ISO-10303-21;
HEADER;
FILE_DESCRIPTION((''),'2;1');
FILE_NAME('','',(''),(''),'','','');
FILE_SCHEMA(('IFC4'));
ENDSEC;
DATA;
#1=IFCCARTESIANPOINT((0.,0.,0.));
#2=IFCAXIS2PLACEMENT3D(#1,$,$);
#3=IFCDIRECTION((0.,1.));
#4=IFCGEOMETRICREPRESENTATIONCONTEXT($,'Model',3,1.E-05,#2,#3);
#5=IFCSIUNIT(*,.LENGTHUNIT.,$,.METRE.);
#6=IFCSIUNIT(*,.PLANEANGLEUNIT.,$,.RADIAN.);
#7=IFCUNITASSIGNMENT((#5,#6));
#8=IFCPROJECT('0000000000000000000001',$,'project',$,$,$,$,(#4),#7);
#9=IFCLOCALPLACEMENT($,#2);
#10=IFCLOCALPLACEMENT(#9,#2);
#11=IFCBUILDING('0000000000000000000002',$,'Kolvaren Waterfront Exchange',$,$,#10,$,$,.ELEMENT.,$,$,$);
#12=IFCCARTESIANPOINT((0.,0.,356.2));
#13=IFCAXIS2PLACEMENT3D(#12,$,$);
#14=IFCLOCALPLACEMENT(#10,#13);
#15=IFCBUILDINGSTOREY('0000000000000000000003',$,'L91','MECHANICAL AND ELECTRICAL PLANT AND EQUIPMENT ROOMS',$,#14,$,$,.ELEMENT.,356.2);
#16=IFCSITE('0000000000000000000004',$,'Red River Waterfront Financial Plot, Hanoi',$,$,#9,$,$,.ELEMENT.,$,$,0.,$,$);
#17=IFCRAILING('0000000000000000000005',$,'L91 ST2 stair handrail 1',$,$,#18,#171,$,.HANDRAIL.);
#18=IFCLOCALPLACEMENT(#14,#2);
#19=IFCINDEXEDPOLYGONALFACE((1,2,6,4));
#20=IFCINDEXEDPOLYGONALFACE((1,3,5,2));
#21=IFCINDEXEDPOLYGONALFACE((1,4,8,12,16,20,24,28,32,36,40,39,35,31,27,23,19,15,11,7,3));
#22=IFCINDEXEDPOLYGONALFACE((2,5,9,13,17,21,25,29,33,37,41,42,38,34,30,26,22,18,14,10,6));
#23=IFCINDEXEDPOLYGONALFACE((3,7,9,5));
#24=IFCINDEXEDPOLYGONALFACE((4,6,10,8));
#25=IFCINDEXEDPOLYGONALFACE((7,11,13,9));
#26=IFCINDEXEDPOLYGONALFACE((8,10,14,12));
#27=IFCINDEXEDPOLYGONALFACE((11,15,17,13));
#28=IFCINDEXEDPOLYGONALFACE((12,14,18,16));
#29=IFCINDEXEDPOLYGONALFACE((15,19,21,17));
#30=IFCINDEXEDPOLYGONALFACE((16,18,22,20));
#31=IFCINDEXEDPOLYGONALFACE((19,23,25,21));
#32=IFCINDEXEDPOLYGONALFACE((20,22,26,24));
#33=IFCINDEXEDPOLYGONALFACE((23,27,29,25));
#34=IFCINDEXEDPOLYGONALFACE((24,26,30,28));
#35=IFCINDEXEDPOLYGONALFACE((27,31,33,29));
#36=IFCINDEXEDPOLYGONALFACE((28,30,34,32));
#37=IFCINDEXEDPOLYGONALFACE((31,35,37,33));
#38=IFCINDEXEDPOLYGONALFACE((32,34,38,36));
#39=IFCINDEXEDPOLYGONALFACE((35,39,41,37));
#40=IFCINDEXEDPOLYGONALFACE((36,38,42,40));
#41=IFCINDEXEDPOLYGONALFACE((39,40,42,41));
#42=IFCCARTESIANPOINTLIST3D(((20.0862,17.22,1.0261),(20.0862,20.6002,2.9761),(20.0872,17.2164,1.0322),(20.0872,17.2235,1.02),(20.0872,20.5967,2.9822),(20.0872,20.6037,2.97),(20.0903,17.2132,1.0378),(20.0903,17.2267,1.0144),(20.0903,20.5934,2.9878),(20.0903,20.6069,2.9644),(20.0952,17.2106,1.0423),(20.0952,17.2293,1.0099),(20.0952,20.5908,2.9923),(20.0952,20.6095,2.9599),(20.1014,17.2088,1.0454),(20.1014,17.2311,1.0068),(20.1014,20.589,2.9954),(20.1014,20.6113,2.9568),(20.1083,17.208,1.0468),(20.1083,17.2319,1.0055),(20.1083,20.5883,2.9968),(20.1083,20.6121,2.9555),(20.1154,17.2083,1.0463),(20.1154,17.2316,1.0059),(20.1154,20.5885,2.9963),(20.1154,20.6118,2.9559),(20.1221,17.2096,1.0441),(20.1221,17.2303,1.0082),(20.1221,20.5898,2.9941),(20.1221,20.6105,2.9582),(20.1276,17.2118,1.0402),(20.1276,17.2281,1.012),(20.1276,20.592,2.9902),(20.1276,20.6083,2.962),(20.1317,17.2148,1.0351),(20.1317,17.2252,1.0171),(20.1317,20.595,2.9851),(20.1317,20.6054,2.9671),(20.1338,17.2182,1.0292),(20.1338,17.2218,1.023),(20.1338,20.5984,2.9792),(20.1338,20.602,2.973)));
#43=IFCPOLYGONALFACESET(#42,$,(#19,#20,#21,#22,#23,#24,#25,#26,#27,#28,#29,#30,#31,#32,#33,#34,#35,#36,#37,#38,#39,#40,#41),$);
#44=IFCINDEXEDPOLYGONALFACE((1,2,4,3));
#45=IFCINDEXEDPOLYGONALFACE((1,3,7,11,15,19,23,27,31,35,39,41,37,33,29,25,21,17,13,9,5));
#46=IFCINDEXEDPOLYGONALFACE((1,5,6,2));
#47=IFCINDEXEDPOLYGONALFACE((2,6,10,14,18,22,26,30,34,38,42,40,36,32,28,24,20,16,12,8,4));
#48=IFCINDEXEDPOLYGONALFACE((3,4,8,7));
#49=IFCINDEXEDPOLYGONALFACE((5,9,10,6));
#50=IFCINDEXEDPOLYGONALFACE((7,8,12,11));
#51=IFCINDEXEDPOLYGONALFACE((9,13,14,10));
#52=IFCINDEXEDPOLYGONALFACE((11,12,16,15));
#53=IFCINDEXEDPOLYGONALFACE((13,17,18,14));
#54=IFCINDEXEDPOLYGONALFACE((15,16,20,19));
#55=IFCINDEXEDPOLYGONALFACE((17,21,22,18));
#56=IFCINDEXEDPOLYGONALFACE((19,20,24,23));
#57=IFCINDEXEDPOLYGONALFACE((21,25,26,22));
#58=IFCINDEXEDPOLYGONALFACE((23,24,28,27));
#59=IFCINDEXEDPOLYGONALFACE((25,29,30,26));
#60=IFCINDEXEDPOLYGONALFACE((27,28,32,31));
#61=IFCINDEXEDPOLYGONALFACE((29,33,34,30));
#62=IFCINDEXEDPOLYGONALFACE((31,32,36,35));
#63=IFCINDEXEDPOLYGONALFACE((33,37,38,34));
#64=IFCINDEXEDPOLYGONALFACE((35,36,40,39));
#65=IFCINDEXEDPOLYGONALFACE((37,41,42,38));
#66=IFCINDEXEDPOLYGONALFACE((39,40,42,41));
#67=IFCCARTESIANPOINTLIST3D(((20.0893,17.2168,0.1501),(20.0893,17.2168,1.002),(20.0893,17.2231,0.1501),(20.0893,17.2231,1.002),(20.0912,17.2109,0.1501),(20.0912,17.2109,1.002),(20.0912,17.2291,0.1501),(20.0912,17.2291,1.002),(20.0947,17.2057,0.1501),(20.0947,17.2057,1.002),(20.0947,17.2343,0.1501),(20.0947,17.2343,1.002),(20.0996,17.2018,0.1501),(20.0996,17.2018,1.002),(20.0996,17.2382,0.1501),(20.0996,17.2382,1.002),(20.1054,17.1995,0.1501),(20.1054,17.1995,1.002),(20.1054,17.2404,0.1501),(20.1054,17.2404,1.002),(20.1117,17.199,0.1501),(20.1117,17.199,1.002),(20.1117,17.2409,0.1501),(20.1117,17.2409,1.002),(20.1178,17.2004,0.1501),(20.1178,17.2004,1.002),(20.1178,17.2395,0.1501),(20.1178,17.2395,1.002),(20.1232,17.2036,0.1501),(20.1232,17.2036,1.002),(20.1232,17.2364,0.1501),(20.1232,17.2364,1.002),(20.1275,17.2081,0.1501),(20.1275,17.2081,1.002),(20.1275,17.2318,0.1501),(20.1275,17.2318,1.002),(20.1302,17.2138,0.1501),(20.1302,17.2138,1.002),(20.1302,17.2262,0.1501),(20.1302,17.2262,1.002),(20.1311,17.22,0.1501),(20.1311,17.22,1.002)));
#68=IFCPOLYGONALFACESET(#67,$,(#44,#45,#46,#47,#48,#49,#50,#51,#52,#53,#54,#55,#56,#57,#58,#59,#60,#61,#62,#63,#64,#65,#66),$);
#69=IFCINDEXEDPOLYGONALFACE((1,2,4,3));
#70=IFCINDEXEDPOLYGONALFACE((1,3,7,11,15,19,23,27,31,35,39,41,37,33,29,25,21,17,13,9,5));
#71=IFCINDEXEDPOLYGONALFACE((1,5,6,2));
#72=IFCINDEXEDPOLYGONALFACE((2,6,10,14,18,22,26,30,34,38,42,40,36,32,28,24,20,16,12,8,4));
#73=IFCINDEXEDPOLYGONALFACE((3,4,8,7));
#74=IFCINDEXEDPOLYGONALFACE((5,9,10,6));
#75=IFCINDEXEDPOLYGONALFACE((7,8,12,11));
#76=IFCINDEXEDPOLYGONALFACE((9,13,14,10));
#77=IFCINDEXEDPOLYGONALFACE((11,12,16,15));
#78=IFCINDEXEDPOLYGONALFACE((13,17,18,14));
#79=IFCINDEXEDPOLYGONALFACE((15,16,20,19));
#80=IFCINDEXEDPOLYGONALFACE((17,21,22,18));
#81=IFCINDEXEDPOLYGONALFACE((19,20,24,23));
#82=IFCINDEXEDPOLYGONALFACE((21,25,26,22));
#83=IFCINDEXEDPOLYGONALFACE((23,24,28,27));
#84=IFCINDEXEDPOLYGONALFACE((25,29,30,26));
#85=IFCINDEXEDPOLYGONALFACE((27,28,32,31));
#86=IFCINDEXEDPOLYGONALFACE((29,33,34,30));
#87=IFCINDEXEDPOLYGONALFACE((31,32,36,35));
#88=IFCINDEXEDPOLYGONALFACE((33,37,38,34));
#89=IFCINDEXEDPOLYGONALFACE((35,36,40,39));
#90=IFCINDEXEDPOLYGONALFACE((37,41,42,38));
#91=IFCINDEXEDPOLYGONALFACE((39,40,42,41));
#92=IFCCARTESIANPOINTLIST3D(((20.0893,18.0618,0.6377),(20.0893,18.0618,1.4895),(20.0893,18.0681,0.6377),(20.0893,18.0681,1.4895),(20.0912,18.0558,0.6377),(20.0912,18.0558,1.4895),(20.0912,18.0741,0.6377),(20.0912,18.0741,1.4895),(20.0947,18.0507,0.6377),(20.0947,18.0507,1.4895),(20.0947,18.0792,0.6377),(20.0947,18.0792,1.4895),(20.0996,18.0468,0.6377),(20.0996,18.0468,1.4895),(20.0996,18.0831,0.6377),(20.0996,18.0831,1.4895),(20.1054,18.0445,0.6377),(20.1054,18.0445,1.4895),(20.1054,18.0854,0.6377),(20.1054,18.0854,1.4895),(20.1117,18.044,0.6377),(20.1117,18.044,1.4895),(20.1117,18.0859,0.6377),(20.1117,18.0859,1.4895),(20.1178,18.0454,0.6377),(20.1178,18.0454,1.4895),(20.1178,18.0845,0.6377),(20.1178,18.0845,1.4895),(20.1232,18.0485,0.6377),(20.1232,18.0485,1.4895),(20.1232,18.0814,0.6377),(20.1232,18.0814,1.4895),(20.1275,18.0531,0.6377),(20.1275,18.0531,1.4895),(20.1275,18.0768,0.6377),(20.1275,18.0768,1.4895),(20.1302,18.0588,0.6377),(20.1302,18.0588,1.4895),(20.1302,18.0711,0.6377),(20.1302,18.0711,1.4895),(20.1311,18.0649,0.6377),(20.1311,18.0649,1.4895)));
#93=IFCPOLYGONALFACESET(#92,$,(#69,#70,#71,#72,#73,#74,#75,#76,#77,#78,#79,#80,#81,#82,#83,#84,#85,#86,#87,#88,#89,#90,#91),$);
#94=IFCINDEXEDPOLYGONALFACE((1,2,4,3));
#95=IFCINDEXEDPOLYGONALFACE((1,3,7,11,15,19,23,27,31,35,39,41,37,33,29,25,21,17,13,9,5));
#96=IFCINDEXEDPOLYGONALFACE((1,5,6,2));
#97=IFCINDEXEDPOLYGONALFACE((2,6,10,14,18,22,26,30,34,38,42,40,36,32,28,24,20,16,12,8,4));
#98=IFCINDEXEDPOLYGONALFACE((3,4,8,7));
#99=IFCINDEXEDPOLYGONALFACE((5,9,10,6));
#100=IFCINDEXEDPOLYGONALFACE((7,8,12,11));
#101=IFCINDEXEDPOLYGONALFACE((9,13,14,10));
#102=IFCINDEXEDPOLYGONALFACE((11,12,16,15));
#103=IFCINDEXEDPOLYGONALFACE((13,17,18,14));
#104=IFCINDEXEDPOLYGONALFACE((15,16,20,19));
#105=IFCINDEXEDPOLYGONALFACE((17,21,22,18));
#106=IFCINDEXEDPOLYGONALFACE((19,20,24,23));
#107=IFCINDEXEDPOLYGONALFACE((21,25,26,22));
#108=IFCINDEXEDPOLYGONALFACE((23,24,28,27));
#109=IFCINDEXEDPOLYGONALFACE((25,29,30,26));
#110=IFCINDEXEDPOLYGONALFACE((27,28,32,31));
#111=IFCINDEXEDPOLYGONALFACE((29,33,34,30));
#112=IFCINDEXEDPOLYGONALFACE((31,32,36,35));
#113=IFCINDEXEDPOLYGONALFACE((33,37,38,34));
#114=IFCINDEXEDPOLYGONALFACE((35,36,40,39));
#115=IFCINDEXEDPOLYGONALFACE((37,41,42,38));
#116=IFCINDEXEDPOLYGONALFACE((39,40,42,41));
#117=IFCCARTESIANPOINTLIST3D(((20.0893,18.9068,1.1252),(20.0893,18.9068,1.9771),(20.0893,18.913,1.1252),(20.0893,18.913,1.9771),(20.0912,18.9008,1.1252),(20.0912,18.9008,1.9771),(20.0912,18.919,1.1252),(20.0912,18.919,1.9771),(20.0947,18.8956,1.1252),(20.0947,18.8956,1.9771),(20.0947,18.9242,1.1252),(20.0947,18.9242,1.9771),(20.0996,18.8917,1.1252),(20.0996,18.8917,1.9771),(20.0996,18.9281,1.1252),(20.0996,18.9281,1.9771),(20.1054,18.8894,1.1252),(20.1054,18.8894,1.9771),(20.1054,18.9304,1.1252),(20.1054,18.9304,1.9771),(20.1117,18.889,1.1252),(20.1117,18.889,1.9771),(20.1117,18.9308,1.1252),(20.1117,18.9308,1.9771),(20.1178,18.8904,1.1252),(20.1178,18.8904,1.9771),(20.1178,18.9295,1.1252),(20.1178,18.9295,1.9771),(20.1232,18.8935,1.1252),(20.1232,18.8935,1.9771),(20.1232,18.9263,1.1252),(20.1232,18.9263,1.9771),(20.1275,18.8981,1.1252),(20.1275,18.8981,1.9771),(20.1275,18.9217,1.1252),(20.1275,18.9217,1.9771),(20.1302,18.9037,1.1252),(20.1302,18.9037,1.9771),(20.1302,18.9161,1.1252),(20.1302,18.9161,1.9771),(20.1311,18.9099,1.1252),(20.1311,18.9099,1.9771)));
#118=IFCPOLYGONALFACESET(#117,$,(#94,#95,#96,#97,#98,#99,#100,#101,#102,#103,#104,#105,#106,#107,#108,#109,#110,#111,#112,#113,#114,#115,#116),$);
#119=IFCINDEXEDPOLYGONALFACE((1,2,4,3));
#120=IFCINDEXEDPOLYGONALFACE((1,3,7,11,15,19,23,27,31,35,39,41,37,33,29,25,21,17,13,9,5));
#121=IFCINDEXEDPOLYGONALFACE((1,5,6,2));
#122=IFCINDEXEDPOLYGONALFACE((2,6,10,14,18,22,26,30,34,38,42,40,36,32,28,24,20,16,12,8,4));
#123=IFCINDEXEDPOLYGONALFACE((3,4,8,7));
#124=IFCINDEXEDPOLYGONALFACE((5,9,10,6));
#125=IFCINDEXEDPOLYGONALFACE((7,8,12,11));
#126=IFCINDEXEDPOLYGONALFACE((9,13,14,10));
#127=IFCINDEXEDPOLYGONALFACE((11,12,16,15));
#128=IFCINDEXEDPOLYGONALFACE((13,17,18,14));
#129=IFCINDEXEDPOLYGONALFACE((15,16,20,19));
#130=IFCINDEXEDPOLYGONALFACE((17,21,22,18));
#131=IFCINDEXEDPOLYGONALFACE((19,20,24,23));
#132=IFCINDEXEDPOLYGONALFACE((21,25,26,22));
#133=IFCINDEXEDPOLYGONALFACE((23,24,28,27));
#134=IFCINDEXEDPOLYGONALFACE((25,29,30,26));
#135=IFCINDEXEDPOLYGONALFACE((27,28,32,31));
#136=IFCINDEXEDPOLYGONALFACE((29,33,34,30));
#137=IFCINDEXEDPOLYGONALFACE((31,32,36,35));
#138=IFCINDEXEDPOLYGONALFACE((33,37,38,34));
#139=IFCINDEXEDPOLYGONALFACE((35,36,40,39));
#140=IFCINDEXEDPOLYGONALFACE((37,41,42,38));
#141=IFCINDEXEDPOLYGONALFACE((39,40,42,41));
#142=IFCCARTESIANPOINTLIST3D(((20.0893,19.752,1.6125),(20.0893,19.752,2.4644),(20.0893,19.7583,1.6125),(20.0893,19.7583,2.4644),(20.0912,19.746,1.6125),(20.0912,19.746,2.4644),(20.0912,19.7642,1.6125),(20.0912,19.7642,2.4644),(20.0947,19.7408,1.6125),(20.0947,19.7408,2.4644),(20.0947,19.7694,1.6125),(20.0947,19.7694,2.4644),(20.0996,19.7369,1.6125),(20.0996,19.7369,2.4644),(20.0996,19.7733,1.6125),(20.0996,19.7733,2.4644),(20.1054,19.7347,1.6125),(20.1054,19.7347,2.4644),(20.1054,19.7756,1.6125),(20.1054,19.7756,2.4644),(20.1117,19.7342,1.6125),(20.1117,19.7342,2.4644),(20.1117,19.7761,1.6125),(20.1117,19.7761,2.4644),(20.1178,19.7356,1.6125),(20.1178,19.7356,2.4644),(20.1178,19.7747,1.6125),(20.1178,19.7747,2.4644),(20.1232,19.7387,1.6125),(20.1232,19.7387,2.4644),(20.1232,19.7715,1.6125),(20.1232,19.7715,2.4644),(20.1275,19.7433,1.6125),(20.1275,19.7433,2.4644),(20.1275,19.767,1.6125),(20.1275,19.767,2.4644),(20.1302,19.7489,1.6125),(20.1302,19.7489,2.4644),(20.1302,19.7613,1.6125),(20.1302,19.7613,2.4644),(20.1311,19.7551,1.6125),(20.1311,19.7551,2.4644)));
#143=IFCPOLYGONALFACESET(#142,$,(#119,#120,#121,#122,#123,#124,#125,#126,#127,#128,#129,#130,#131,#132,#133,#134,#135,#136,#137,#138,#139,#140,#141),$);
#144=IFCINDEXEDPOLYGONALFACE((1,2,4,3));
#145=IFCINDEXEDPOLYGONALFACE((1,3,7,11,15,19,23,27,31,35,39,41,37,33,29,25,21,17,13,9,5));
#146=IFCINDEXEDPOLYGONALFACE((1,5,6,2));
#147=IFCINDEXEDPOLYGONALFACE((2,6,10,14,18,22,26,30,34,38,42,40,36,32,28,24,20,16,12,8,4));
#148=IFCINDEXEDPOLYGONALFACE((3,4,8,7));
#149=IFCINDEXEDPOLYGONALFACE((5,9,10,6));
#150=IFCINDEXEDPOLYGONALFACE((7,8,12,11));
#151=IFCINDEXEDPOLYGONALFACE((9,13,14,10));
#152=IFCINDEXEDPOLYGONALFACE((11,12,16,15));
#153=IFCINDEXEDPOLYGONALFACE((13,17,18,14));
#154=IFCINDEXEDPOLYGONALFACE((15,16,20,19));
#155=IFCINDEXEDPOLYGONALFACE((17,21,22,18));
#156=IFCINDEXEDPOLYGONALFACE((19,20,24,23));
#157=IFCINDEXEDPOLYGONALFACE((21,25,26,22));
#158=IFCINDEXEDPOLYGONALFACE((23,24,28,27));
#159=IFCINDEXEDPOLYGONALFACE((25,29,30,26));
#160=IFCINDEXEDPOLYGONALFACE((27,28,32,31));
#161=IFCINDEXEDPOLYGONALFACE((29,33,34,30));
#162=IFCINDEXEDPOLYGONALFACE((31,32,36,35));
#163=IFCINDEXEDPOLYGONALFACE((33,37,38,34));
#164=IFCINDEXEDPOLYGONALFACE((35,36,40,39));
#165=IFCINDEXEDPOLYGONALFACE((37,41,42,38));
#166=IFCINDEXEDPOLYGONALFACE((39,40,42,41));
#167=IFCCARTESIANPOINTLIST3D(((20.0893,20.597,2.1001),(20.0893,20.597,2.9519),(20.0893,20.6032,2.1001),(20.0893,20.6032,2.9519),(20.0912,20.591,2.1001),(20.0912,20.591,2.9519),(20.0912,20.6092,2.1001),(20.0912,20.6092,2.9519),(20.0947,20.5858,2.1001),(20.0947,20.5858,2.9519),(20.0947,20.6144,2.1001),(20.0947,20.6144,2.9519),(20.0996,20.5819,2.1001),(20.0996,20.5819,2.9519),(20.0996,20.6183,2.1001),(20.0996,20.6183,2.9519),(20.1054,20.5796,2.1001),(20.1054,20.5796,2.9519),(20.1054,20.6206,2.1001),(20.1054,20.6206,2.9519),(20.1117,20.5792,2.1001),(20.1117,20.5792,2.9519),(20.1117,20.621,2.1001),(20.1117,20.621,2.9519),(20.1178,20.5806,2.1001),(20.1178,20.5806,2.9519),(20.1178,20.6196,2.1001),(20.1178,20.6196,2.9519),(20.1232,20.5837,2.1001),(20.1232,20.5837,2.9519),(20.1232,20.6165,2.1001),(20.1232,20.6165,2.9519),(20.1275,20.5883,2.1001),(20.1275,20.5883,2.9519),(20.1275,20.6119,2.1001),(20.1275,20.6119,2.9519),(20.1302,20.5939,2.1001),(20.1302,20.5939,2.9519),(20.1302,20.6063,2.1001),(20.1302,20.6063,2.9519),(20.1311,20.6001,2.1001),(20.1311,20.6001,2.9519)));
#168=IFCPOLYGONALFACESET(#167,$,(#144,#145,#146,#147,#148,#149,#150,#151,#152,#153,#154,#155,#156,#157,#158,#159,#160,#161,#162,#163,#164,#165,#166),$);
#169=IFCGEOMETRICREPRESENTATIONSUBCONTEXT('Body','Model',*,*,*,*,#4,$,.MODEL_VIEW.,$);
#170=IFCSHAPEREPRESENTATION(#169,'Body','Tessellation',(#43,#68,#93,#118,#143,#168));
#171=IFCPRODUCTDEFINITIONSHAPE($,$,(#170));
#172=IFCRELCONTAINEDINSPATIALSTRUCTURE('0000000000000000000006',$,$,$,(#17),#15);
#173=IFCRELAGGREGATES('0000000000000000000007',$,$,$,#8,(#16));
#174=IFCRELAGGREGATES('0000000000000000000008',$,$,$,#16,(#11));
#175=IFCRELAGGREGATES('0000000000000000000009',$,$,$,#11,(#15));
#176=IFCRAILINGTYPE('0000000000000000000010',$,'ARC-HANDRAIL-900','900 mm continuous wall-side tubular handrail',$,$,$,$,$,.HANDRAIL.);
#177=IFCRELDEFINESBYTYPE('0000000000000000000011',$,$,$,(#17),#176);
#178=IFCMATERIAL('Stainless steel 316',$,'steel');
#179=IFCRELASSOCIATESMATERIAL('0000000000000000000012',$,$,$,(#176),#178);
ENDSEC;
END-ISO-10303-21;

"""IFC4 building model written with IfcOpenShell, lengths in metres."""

from ifc_helpers import new_model, si_unit, direction, frame, origin, origin_2d, place, context, subcontext, project, spatial, circle, extrude, material, type_object, element, save


model = new_model("IFC4")

# Units and contexts
model_context = context("Model", 3, precision=1e-05, world=origin(), true_north=direction((0.0, 1.0)))
body_context = subcontext(model_context, "Body", "Model", "MODEL_VIEW")
ifc_project = project(units=[si_unit("LENGTHUNIT", "METRE"), si_unit("PLANEANGLEUNIT", "RADIAN")], contexts=[model_context])

# Site, building, storey
site_placement = place(None, origin())
site = spatial("IfcSite", under=ifc_project, at=site_placement, Name="Red River Waterfront Financial Plot, Hanoi", CompositionType="ELEMENT", RefElevation=0.0)
building_placement = place(site_placement, origin())
building = spatial("IfcBuilding", under=site, at=building_placement, Name="Kolvaren Waterfront Exchange", CompositionType="ELEMENT")
storey_placement = place(building_placement, frame((0.0, 0.0, 356.2)))
storey = spatial("IfcBuildingStorey", under=building, at=storey_placement, Name="L91", Description="MECHANICAL AND ELECTRICAL PLANT AND EQUIPMENT ROOMS", CompositionType="ELEMENT", Elevation=356.2)

# Railing
ifc_material_1 = material(Name="Stainless steel 316", Category="steel")
railing_type_1 = type_object("IfcRailingType", Name="ARC-HANDRAIL-900", Description="900 mm continuous wall-side tubular handrail", PredefinedType="HANDRAIL", material=ifc_material_1)
railing_1_placement = place(storey_placement, frame((20.1101, 17.22, 0.1501)))
element("IfcRailing", 1, at=railing_1_placement, inside=storey, type_object=railing_type_1, Name="L91 ST2 stair handrail 1", PredefinedType="HANDRAIL", context=body_context, shape_type="SweptSolid", body=[
    extrude(circle(Radius=0.0239, at=origin_2d()), frame((0.0, 0.0, 0.876), z_axis=(0.0, 0.866199, 0.499699), x_axis=(-1.0, 0.0, 0.0)), (0.0, 0.0, 1.0), 3.9023),
    extrude(circle(Radius=0.021, at=origin_2d()), origin(), (0.0, 0.0, 1.0), 0.8518),
    extrude(circle(Radius=0.021, at=origin_2d()), frame((0.0, 0.845, 0.4875)), (0.0, 0.0, 1.0), 0.8518),
    extrude(circle(Radius=0.021, at=origin_2d()), frame((0.0, 1.6899, 0.9751)), (0.0, 0.0, 1.0), 0.8518),
    extrude(circle(Radius=0.021, at=origin_2d()), frame((0.0, 2.5352, 1.4624)), (0.0, 0.0, 1.0), 0.8518),
    extrude(circle(Radius=0.021, at=origin_2d()), frame((0.0, 3.3801, 1.95)), (0.0, 0.0, 1.0), 0.8518),
])

save(model, "model.ifc")
